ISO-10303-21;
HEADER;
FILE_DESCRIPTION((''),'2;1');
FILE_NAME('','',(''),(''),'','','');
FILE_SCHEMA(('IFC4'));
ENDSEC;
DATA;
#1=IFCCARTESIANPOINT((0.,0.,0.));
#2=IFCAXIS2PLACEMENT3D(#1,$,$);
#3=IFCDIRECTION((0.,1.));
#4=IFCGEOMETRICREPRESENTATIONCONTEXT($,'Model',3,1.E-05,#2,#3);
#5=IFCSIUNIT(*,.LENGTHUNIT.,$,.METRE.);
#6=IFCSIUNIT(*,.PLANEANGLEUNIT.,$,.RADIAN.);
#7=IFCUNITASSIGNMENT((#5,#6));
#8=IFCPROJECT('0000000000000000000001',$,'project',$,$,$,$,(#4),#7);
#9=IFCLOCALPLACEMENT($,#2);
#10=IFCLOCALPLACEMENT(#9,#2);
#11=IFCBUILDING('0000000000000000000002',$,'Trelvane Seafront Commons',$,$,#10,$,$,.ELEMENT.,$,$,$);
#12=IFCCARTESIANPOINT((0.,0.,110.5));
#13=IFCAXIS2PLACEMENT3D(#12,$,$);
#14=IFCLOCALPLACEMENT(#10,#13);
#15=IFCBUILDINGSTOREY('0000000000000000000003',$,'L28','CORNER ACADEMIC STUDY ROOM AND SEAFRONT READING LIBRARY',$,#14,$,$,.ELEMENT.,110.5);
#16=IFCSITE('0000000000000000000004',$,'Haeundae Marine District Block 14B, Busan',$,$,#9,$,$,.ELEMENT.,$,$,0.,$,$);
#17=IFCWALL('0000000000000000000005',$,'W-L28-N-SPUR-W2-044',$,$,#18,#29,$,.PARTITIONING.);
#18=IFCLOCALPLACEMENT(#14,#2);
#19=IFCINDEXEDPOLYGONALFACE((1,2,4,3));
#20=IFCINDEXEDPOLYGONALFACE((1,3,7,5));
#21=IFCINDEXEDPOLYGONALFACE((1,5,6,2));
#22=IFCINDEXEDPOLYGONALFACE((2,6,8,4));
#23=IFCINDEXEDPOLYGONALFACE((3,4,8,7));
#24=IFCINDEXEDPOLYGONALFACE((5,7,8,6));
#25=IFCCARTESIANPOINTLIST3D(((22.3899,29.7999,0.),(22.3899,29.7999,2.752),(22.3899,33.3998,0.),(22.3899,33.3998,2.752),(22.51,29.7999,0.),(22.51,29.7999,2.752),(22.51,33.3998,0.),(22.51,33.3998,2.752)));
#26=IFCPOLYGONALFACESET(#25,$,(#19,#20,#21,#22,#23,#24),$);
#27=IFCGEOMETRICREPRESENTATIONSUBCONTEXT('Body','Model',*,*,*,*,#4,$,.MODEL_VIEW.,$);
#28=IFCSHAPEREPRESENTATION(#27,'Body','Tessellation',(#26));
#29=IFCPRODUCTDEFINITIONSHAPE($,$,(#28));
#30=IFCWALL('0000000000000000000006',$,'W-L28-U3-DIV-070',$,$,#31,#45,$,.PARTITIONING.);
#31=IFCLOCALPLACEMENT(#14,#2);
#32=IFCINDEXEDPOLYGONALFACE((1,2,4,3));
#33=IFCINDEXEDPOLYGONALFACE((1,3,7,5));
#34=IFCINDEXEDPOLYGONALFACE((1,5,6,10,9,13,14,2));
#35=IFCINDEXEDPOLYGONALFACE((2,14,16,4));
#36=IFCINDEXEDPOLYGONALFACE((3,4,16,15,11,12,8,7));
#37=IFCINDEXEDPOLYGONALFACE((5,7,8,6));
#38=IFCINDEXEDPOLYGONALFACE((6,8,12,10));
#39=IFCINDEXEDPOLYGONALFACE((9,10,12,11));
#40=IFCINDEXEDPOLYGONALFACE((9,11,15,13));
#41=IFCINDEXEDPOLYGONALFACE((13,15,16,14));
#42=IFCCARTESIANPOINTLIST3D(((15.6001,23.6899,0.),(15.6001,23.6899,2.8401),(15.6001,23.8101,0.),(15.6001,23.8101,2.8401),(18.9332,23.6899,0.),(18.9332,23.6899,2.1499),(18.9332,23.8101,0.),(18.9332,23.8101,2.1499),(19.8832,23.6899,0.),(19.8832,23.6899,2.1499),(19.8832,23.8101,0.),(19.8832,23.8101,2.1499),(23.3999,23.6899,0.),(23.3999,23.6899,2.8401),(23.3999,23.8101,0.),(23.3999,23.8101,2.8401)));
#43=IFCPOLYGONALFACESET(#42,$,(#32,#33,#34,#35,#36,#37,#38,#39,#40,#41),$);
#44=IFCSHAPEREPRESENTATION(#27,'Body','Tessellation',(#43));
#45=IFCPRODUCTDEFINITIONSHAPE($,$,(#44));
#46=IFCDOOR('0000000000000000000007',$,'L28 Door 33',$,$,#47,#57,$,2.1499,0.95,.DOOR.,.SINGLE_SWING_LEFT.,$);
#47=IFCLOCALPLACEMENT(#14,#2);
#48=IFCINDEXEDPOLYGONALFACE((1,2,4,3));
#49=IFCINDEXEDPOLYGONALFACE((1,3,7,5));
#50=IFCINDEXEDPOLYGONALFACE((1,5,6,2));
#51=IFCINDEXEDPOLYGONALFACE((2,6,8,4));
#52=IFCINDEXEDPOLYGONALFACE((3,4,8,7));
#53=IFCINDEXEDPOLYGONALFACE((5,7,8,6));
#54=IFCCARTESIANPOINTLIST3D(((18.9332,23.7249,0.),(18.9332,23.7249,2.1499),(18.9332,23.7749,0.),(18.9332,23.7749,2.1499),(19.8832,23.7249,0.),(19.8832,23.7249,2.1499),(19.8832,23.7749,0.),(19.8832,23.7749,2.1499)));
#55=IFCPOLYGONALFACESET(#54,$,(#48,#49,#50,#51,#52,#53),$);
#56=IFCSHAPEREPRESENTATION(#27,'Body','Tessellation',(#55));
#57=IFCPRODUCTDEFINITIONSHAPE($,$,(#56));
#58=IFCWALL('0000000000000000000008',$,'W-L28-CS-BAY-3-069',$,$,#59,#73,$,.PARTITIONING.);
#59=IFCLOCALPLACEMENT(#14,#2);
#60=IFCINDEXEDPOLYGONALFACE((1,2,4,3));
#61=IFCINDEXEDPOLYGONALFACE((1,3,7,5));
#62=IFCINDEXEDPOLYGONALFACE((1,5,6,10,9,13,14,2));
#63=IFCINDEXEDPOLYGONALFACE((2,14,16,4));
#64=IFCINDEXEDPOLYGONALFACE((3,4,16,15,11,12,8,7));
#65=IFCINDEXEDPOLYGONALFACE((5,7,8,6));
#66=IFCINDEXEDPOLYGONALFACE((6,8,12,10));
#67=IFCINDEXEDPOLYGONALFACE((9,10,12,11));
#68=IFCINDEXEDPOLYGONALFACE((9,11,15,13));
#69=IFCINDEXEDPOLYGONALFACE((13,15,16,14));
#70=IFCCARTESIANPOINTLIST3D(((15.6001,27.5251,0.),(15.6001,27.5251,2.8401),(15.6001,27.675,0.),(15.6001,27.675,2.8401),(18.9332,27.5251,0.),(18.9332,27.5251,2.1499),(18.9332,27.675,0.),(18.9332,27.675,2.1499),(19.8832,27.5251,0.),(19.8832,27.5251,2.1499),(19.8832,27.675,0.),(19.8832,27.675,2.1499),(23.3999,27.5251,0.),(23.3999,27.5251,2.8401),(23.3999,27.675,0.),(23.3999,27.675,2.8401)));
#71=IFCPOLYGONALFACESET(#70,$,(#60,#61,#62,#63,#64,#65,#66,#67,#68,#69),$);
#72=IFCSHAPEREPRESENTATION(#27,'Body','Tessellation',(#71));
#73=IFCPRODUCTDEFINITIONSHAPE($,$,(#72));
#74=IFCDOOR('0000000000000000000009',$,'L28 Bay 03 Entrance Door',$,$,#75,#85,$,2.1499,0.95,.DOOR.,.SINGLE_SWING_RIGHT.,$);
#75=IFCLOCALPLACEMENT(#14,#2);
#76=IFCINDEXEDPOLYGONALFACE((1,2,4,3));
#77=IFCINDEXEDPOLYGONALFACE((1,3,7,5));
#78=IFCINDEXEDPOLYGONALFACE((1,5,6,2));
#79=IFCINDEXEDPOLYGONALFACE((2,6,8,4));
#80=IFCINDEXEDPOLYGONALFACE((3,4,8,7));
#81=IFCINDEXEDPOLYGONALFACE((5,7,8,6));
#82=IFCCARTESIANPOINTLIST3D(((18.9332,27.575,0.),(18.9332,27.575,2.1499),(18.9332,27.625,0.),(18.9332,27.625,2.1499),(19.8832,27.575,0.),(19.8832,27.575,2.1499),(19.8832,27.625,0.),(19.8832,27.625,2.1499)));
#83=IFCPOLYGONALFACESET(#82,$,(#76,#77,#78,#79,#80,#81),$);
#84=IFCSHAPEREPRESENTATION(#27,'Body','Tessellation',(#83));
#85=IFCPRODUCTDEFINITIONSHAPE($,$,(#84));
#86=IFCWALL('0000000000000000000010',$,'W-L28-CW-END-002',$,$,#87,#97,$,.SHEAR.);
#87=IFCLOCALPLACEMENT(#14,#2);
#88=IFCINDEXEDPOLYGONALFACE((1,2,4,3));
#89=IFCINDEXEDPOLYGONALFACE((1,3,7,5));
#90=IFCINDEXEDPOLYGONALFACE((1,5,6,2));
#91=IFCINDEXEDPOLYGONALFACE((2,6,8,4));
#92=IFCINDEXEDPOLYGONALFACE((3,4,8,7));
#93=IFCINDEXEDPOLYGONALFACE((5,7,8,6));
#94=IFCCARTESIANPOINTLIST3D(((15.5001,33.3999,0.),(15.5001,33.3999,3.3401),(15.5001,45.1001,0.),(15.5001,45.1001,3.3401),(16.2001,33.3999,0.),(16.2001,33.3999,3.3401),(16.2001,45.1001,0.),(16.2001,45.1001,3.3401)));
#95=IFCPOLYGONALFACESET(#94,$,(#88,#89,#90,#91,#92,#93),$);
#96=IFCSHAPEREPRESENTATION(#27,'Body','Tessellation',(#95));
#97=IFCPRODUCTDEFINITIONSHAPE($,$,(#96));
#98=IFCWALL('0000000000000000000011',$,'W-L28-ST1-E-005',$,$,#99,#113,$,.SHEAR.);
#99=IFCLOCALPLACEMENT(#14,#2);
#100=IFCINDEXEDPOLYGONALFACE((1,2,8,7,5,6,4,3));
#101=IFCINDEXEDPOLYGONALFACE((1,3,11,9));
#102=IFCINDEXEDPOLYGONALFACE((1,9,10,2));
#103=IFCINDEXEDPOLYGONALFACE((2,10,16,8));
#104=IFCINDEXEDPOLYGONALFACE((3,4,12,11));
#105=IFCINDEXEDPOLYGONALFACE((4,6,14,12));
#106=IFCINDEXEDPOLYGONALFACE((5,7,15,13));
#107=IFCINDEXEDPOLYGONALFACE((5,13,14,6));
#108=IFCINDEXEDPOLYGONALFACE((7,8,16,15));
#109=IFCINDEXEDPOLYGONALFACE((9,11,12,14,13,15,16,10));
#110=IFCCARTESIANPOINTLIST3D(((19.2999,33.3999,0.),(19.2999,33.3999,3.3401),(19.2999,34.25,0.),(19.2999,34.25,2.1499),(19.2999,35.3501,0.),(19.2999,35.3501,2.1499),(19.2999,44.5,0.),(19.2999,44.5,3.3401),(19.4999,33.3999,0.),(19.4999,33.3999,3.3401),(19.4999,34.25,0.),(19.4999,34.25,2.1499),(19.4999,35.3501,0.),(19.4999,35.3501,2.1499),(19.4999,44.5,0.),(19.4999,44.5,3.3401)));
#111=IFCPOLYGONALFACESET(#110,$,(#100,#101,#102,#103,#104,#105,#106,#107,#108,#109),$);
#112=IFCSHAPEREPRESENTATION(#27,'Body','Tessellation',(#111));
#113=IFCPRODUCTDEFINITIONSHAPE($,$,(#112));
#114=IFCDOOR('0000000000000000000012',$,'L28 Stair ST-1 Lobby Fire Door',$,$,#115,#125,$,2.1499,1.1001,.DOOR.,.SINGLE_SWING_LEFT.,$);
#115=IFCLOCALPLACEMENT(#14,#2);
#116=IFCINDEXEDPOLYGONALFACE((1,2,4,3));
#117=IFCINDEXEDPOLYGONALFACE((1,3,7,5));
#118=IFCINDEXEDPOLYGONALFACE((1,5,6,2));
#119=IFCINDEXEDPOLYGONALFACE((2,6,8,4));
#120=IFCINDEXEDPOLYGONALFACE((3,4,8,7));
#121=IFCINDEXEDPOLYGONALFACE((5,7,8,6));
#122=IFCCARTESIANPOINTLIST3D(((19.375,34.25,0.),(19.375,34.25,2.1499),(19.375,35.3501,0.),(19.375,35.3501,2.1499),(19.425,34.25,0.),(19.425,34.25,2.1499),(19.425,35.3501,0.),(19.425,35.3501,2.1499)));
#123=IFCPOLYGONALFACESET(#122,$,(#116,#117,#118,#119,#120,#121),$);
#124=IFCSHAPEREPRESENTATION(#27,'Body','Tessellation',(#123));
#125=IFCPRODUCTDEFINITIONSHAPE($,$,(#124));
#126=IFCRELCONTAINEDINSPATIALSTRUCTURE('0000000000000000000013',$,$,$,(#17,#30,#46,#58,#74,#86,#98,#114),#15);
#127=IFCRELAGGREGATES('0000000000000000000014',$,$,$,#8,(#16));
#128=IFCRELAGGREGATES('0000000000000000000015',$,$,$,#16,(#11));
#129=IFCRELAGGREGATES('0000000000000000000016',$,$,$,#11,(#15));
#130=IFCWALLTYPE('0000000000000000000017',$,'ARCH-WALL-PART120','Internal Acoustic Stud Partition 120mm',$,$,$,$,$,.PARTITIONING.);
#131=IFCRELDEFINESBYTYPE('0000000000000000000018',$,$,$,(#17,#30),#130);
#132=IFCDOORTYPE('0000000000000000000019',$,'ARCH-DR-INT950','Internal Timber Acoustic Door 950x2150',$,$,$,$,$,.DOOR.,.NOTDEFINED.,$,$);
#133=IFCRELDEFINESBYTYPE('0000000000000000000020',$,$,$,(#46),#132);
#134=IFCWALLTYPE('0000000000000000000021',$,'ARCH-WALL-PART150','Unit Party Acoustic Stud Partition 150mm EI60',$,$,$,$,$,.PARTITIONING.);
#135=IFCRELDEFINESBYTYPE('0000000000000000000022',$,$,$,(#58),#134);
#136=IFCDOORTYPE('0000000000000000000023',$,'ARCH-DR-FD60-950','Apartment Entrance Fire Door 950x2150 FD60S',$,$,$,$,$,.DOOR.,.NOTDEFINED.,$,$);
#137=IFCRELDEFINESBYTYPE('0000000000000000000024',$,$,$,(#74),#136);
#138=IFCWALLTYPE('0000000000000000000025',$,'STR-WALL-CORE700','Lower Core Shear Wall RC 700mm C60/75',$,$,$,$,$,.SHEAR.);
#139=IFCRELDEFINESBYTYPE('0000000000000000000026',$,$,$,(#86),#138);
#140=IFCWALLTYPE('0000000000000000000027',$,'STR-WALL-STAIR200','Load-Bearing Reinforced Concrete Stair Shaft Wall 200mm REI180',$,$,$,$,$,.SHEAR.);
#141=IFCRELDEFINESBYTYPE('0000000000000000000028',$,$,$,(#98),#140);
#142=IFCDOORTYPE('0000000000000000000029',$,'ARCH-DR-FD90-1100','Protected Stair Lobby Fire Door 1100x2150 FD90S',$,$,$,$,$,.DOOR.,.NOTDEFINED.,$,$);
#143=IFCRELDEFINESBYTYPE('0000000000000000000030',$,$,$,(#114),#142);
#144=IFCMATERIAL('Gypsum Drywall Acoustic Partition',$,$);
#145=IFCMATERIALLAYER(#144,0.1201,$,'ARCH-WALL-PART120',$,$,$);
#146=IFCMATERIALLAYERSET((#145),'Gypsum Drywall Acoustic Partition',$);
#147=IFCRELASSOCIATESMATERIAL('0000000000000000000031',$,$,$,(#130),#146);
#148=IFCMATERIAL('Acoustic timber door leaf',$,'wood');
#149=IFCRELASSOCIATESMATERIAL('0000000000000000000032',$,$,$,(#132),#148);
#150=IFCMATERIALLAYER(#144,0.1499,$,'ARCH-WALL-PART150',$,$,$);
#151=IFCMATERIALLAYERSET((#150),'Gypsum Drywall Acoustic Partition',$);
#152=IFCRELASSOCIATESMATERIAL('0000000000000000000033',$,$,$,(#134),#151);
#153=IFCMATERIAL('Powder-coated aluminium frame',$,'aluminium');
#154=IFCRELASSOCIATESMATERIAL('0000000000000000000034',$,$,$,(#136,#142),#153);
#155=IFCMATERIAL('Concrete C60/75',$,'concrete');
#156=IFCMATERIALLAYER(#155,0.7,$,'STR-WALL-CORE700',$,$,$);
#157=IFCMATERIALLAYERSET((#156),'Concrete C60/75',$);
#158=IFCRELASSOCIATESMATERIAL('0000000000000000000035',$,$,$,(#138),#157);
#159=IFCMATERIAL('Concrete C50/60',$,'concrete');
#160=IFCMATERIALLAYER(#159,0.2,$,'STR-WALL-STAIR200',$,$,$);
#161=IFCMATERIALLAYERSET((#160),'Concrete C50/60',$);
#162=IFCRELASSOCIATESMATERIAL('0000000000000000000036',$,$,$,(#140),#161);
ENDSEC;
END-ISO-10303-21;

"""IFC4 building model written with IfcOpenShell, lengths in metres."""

from ifc_helpers import new_model, si_unit, direction, frame, frame_2d, origin, place, context, subcontext, project, spatial, rectangle, extrude, source, transform, mapped, material, layer, layer_set, type_object, element, fill, save


model = new_model("IFC4")

# Units and contexts
model_context = context("Model", 3, precision=1e-05, world=origin(), true_north=direction((0.0, 1.0)))
body_context = subcontext(model_context, "Body", "Model", "MODEL_VIEW")
ifc_project = project(units=[si_unit("LENGTHUNIT", "METRE"), si_unit("PLANEANGLEUNIT", "RADIAN")], contexts=[model_context])

# Site, building, storey
site_placement = place(None, origin())
site = spatial("IfcSite", under=ifc_project, at=site_placement, Name="Haeundae Marine District Block 14B, Busan", CompositionType="ELEMENT", RefElevation=0.0)
building_placement = place(site_placement, origin())
building = spatial("IfcBuilding", under=site, at=building_placement, Name="Trelvane Seafront Commons", CompositionType="ELEMENT")
storey_placement = place(building_placement, frame((0.0, 0.0, 110.5)))
storey = spatial("IfcBuildingStorey", under=building, at=storey_placement, Name="L28", Description="CORNER ACADEMIC STUDY ROOM AND SEAFRONT READING LIBRARY", CompositionType="ELEMENT", Elevation=110.5)

# Shared definitions
ifc_material_1 = material(Name="Concrete C60/75", Category="concrete")

# Shared definitions
ifc_material_2 = material(Name="Powder-coated aluminium frame", Category="aluminium")
ifc_material_3 = material(Name="Gypsum Drywall Acoustic Partition")
ifc_layer_1 = layer(ifc_material_3, 0.1201, Name="ARCH-WALL-PART120")
ifc_layer_set_1 = layer_set([ifc_layer_1], Name="Gypsum Drywall Acoustic Partition")
wall_type_1 = type_object("IfcWallType", Name="ARCH-WALL-PART120", Description="Internal Acoustic Stud Partition 120mm", PredefinedType="PARTITIONING", material=ifc_layer_set_1)
ifc_material_4 = material(Name="Acoustic timber door leaf", Category="wood")
door_type_1 = type_object("IfcDoorType", Name="ARCH-DR-INT950", Description="Internal Timber Acoustic Door 950x2150", OperationType="NOTDEFINED", PredefinedType="DOOR", material=ifc_material_4)
shared_shape_1 = source(origin(), body_context, "Body", "SweptSolid", [
    extrude(rectangle(XDim=0.95, YDim=2.1499, at=frame_2d((0.4751, 1.075))), frame((0.0, 0.0249, 0.0), z_axis=(0.0, -1.0, 0.0), x_axis=(1.0, 0.0, 0.0)), (0.0, 0.0, 1.0), 0.05),
])

# Wall
for number, where, z_axis, x_axis, name in (
    (1, (22.45, 29.8, 0.0), (0.0, 0.0, 1.0), (0.0, 1.0, 0.0), "W-L28-N-SPUR-W2-044"),
):
    element("IfcWall", number, at=place(storey_placement, frame(where, z_axis=z_axis, x_axis=x_axis)), inside=storey, type_object=wall_type_1, Name=name, PredefinedType="PARTITIONING", context=body_context, shape_type="SweptSolid", body=[
        extrude(rectangle(XDim=3.5999, YDim=0.1201, at=frame_2d((1.7998, 0.0))), origin(), (0.0, 0.0, 1.0), 2.752),
    ])

# Walls, openings, doors
wall_1_placement = place(storey_placement, frame((15.6001, 23.75, 0.0), z_axis=(0.0, 0.0, 1.0), x_axis=(1.0, 0.0, 0.0)))
wall_1 = element("IfcWall", 2, at=wall_1_placement, inside=storey, type_object=wall_type_1, Name="W-L28-U3-DIV-070", PredefinedType="PARTITIONING", context=body_context, shape_type="SweptSolid", body=[
    extrude(rectangle(XDim=7.7998, YDim=0.1201, at=frame_2d((3.8999, 0.0))), origin(), (0.0, 0.0, 1.0), 2.8401),
])
opening_1_placement = place(wall_1_placement, frame((3.333, 0.0, 0.0)))
opening_1 = element("IfcOpeningElement", 3, at=opening_1_placement, cuts=wall_1, PredefinedType="OPENING", context=body_context, shape_type="SweptSolid", body=[
    extrude(rectangle(XDim=0.95, YDim=2.1499, at=frame_2d((0.4751, 1.075))), frame((0.0, 0.0701, 0.0), z_axis=(0.0, -1.0, 0.0), x_axis=(1.0, 0.0, 0.0)), (0.0, 0.0, 1.0), 0.1401),
])
door_1_placement = place(opening_1_placement, origin())
door_1 = element("IfcDoor", 4, at=door_1_placement, inside=storey, type_object=door_type_1, Name="L28 Door 33", OperationType="SINGLE_SWING_LEFT", OverallHeight=2.1499, OverallWidth=0.95, PredefinedType="DOOR", context=body_context, shape_type="MappedRepresentation", body=[
    mapped(shared_shape_1, transform((0.0, 0.0, 0.0), x_axis=(1.0, 0.0, 0.0), y_axis=(0.0, 1.0, 0.0), z_axis=(0.0, 0.0, 1.0), scale=1.0)),
])
fill(opening_1, door_1)
ifc_layer_2 = layer(ifc_material_3, 0.1499, Name="ARCH-WALL-PART150")
ifc_layer_set_2 = layer_set([ifc_layer_2], Name="Gypsum Drywall Acoustic Partition")
wall_type_2 = type_object("IfcWallType", Name="ARCH-WALL-PART150", Description="Unit Party Acoustic Stud Partition 150mm EI60", PredefinedType="PARTITIONING", material=ifc_layer_set_2)
wall_2_placement = place(storey_placement, frame((15.6001, 27.6001, 0.0), z_axis=(0.0, 0.0, 1.0), x_axis=(1.0, 0.0, 0.0)))
wall_2 = element("IfcWall", 5, at=wall_2_placement, inside=storey, type_object=wall_type_2, Name="W-L28-CS-BAY-3-069", PredefinedType="PARTITIONING", context=body_context, shape_type="SweptSolid", body=[
    extrude(rectangle(XDim=7.7998, YDim=0.1499, at=frame_2d((3.8999, 0.0))), origin(), (0.0, 0.0, 1.0), 2.8401),
])
opening_2_placement = place(wall_2_placement, frame((3.333, 0.0, 0.0)))
opening_2 = element("IfcOpeningElement", 6, at=opening_2_placement, cuts=wall_2, PredefinedType="OPENING", context=body_context, shape_type="SweptSolid", body=[
    extrude(rectangle(XDim=0.95, YDim=2.1499, at=frame_2d((0.4751, 1.075))), frame((0.0, 0.085, 0.0), z_axis=(0.0, -1.0, 0.0), x_axis=(1.0, 0.0, 0.0)), (0.0, 0.0, 1.0), 0.1699),
])
door_type_2 = type_object("IfcDoorType", Name="ARCH-DR-FD60-950", Description="Apartment Entrance Fire Door 950x2150 FD60S", OperationType="NOTDEFINED", PredefinedType="DOOR", material=ifc_material_2)
door_2_placement = place(opening_2_placement, origin())
door_2 = element("IfcDoor", 7, at=door_2_placement, inside=storey, type_object=door_type_2, Name="L28 Bay 03 Entrance Door", OperationType="SINGLE_SWING_RIGHT", OverallHeight=2.1499, OverallWidth=0.95, PredefinedType="DOOR", context=body_context, shape_type="MappedRepresentation", body=[
    mapped(shared_shape_1, transform((0.0, 0.0, 0.0), x_axis=(1.0, 0.0, 0.0), y_axis=(0.0, 1.0, 0.0), z_axis=(0.0, 0.0, 1.0), scale=1.0)),
])
fill(opening_2, door_2)

# Wall
ifc_layer_3 = layer(ifc_material_1, 0.7, Name="STR-WALL-CORE700")
ifc_layer_set_3 = layer_set([ifc_layer_3], Name="Concrete C60/75")
wall_type_3 = type_object("IfcWallType", Name="STR-WALL-CORE700", Description="Lower Core Shear Wall RC 700mm C60/75", PredefinedType="SHEAR", material=ifc_layer_set_3)
wall_3_placement = place(storey_placement, frame((15.8501, 33.3999, 0.0), z_axis=(0.0, 0.0, 1.0), x_axis=(0.0, 1.0, 0.0)))
element("IfcWall", 8, at=wall_3_placement, inside=storey, type_object=wall_type_3, Name="W-L28-CW-END-002", PredefinedType="SHEAR", context=body_context, shape_type="SweptSolid", body=[
    extrude(rectangle(XDim=11.7002, YDim=0.7, at=frame_2d((5.8501, 0.0))), origin(), (0.0, 0.0, 1.0), 3.3401),
])

# Wall, opening, door
ifc_material_5 = material(Name="Concrete C50/60", Category="concrete")
ifc_layer_4 = layer(ifc_material_5, 0.2, Name="STR-WALL-STAIR200")
ifc_layer_set_4 = layer_set([ifc_layer_4], Name="Concrete C50/60")
wall_type_4 = type_object("IfcWallType", Name="STR-WALL-STAIR200", Description="Load-Bearing Reinforced Concrete Stair Shaft Wall 200mm REI180", PredefinedType="SHEAR", material=ifc_layer_set_4)
wall_4_placement = place(storey_placement, frame((19.3999, 33.3999, 0.0), z_axis=(0.0, 0.0, 1.0), x_axis=(0.0, 1.0, 0.0)))
wall_4 = element("IfcWall", 9, at=wall_4_placement, inside=storey, type_object=wall_type_4, Name="W-L28-ST1-E-005", PredefinedType="SHEAR", context=body_context, shape_type="SweptSolid", body=[
    extrude(rectangle(XDim=11.1001, YDim=0.2, at=frame_2d((5.55, 0.0))), origin(), (0.0, 0.0, 1.0), 3.3401),
])
opening_3_placement = place(wall_4_placement, frame((0.8501, 0.0, 0.0)))
opening_3 = element("IfcOpeningElement", 10, at=opening_3_placement, cuts=wall_4, PredefinedType="OPENING", context=body_context, shape_type="SweptSolid", body=[
    extrude(rectangle(XDim=1.1001, YDim=2.1499, at=frame_2d((0.55, 1.075))), frame((0.0, 0.1099, 0.0), z_axis=(0.0, -1.0, 0.0), x_axis=(1.0, 0.0, 0.0)), (0.0, 0.0, 1.0), 0.22),
])
door_type_3 = type_object("IfcDoorType", Name="ARCH-DR-FD90-1100", Description="Protected Stair Lobby Fire Door 1100x2150 FD90S", OperationType="NOTDEFINED", PredefinedType="DOOR", material=ifc_material_2)
shared_shape_2 = source(origin(), body_context, "Body", "SweptSolid", [
    extrude(rectangle(XDim=1.1001, YDim=2.1499, at=frame_2d((0.55, 1.075))), frame((0.0, 0.0249, 0.0), z_axis=(0.0, -1.0, 0.0), x_axis=(1.0, 0.0, 0.0)), (0.0, 0.0, 1.0), 0.05),
])
door_3_placement = place(opening_3_placement, origin())
door_3 = element("IfcDoor", 11, at=door_3_placement, inside=storey, type_object=door_type_3, Name="L28 Stair ST-1 Lobby Fire Door", OperationType="SINGLE_SWING_LEFT", OverallHeight=2.1499, OverallWidth=1.1001, PredefinedType="DOOR", context=body_context, shape_type="MappedRepresentation", body=[
    mapped(shared_shape_2, transform((0.0, 0.0, 0.0), x_axis=(1.0, 0.0, 0.0), y_axis=(0.0, 1.0, 0.0), z_axis=(0.0, 0.0, 1.0), scale=1.0)),
])
fill(opening_3, door_3)

save(model, "model.ifc")
